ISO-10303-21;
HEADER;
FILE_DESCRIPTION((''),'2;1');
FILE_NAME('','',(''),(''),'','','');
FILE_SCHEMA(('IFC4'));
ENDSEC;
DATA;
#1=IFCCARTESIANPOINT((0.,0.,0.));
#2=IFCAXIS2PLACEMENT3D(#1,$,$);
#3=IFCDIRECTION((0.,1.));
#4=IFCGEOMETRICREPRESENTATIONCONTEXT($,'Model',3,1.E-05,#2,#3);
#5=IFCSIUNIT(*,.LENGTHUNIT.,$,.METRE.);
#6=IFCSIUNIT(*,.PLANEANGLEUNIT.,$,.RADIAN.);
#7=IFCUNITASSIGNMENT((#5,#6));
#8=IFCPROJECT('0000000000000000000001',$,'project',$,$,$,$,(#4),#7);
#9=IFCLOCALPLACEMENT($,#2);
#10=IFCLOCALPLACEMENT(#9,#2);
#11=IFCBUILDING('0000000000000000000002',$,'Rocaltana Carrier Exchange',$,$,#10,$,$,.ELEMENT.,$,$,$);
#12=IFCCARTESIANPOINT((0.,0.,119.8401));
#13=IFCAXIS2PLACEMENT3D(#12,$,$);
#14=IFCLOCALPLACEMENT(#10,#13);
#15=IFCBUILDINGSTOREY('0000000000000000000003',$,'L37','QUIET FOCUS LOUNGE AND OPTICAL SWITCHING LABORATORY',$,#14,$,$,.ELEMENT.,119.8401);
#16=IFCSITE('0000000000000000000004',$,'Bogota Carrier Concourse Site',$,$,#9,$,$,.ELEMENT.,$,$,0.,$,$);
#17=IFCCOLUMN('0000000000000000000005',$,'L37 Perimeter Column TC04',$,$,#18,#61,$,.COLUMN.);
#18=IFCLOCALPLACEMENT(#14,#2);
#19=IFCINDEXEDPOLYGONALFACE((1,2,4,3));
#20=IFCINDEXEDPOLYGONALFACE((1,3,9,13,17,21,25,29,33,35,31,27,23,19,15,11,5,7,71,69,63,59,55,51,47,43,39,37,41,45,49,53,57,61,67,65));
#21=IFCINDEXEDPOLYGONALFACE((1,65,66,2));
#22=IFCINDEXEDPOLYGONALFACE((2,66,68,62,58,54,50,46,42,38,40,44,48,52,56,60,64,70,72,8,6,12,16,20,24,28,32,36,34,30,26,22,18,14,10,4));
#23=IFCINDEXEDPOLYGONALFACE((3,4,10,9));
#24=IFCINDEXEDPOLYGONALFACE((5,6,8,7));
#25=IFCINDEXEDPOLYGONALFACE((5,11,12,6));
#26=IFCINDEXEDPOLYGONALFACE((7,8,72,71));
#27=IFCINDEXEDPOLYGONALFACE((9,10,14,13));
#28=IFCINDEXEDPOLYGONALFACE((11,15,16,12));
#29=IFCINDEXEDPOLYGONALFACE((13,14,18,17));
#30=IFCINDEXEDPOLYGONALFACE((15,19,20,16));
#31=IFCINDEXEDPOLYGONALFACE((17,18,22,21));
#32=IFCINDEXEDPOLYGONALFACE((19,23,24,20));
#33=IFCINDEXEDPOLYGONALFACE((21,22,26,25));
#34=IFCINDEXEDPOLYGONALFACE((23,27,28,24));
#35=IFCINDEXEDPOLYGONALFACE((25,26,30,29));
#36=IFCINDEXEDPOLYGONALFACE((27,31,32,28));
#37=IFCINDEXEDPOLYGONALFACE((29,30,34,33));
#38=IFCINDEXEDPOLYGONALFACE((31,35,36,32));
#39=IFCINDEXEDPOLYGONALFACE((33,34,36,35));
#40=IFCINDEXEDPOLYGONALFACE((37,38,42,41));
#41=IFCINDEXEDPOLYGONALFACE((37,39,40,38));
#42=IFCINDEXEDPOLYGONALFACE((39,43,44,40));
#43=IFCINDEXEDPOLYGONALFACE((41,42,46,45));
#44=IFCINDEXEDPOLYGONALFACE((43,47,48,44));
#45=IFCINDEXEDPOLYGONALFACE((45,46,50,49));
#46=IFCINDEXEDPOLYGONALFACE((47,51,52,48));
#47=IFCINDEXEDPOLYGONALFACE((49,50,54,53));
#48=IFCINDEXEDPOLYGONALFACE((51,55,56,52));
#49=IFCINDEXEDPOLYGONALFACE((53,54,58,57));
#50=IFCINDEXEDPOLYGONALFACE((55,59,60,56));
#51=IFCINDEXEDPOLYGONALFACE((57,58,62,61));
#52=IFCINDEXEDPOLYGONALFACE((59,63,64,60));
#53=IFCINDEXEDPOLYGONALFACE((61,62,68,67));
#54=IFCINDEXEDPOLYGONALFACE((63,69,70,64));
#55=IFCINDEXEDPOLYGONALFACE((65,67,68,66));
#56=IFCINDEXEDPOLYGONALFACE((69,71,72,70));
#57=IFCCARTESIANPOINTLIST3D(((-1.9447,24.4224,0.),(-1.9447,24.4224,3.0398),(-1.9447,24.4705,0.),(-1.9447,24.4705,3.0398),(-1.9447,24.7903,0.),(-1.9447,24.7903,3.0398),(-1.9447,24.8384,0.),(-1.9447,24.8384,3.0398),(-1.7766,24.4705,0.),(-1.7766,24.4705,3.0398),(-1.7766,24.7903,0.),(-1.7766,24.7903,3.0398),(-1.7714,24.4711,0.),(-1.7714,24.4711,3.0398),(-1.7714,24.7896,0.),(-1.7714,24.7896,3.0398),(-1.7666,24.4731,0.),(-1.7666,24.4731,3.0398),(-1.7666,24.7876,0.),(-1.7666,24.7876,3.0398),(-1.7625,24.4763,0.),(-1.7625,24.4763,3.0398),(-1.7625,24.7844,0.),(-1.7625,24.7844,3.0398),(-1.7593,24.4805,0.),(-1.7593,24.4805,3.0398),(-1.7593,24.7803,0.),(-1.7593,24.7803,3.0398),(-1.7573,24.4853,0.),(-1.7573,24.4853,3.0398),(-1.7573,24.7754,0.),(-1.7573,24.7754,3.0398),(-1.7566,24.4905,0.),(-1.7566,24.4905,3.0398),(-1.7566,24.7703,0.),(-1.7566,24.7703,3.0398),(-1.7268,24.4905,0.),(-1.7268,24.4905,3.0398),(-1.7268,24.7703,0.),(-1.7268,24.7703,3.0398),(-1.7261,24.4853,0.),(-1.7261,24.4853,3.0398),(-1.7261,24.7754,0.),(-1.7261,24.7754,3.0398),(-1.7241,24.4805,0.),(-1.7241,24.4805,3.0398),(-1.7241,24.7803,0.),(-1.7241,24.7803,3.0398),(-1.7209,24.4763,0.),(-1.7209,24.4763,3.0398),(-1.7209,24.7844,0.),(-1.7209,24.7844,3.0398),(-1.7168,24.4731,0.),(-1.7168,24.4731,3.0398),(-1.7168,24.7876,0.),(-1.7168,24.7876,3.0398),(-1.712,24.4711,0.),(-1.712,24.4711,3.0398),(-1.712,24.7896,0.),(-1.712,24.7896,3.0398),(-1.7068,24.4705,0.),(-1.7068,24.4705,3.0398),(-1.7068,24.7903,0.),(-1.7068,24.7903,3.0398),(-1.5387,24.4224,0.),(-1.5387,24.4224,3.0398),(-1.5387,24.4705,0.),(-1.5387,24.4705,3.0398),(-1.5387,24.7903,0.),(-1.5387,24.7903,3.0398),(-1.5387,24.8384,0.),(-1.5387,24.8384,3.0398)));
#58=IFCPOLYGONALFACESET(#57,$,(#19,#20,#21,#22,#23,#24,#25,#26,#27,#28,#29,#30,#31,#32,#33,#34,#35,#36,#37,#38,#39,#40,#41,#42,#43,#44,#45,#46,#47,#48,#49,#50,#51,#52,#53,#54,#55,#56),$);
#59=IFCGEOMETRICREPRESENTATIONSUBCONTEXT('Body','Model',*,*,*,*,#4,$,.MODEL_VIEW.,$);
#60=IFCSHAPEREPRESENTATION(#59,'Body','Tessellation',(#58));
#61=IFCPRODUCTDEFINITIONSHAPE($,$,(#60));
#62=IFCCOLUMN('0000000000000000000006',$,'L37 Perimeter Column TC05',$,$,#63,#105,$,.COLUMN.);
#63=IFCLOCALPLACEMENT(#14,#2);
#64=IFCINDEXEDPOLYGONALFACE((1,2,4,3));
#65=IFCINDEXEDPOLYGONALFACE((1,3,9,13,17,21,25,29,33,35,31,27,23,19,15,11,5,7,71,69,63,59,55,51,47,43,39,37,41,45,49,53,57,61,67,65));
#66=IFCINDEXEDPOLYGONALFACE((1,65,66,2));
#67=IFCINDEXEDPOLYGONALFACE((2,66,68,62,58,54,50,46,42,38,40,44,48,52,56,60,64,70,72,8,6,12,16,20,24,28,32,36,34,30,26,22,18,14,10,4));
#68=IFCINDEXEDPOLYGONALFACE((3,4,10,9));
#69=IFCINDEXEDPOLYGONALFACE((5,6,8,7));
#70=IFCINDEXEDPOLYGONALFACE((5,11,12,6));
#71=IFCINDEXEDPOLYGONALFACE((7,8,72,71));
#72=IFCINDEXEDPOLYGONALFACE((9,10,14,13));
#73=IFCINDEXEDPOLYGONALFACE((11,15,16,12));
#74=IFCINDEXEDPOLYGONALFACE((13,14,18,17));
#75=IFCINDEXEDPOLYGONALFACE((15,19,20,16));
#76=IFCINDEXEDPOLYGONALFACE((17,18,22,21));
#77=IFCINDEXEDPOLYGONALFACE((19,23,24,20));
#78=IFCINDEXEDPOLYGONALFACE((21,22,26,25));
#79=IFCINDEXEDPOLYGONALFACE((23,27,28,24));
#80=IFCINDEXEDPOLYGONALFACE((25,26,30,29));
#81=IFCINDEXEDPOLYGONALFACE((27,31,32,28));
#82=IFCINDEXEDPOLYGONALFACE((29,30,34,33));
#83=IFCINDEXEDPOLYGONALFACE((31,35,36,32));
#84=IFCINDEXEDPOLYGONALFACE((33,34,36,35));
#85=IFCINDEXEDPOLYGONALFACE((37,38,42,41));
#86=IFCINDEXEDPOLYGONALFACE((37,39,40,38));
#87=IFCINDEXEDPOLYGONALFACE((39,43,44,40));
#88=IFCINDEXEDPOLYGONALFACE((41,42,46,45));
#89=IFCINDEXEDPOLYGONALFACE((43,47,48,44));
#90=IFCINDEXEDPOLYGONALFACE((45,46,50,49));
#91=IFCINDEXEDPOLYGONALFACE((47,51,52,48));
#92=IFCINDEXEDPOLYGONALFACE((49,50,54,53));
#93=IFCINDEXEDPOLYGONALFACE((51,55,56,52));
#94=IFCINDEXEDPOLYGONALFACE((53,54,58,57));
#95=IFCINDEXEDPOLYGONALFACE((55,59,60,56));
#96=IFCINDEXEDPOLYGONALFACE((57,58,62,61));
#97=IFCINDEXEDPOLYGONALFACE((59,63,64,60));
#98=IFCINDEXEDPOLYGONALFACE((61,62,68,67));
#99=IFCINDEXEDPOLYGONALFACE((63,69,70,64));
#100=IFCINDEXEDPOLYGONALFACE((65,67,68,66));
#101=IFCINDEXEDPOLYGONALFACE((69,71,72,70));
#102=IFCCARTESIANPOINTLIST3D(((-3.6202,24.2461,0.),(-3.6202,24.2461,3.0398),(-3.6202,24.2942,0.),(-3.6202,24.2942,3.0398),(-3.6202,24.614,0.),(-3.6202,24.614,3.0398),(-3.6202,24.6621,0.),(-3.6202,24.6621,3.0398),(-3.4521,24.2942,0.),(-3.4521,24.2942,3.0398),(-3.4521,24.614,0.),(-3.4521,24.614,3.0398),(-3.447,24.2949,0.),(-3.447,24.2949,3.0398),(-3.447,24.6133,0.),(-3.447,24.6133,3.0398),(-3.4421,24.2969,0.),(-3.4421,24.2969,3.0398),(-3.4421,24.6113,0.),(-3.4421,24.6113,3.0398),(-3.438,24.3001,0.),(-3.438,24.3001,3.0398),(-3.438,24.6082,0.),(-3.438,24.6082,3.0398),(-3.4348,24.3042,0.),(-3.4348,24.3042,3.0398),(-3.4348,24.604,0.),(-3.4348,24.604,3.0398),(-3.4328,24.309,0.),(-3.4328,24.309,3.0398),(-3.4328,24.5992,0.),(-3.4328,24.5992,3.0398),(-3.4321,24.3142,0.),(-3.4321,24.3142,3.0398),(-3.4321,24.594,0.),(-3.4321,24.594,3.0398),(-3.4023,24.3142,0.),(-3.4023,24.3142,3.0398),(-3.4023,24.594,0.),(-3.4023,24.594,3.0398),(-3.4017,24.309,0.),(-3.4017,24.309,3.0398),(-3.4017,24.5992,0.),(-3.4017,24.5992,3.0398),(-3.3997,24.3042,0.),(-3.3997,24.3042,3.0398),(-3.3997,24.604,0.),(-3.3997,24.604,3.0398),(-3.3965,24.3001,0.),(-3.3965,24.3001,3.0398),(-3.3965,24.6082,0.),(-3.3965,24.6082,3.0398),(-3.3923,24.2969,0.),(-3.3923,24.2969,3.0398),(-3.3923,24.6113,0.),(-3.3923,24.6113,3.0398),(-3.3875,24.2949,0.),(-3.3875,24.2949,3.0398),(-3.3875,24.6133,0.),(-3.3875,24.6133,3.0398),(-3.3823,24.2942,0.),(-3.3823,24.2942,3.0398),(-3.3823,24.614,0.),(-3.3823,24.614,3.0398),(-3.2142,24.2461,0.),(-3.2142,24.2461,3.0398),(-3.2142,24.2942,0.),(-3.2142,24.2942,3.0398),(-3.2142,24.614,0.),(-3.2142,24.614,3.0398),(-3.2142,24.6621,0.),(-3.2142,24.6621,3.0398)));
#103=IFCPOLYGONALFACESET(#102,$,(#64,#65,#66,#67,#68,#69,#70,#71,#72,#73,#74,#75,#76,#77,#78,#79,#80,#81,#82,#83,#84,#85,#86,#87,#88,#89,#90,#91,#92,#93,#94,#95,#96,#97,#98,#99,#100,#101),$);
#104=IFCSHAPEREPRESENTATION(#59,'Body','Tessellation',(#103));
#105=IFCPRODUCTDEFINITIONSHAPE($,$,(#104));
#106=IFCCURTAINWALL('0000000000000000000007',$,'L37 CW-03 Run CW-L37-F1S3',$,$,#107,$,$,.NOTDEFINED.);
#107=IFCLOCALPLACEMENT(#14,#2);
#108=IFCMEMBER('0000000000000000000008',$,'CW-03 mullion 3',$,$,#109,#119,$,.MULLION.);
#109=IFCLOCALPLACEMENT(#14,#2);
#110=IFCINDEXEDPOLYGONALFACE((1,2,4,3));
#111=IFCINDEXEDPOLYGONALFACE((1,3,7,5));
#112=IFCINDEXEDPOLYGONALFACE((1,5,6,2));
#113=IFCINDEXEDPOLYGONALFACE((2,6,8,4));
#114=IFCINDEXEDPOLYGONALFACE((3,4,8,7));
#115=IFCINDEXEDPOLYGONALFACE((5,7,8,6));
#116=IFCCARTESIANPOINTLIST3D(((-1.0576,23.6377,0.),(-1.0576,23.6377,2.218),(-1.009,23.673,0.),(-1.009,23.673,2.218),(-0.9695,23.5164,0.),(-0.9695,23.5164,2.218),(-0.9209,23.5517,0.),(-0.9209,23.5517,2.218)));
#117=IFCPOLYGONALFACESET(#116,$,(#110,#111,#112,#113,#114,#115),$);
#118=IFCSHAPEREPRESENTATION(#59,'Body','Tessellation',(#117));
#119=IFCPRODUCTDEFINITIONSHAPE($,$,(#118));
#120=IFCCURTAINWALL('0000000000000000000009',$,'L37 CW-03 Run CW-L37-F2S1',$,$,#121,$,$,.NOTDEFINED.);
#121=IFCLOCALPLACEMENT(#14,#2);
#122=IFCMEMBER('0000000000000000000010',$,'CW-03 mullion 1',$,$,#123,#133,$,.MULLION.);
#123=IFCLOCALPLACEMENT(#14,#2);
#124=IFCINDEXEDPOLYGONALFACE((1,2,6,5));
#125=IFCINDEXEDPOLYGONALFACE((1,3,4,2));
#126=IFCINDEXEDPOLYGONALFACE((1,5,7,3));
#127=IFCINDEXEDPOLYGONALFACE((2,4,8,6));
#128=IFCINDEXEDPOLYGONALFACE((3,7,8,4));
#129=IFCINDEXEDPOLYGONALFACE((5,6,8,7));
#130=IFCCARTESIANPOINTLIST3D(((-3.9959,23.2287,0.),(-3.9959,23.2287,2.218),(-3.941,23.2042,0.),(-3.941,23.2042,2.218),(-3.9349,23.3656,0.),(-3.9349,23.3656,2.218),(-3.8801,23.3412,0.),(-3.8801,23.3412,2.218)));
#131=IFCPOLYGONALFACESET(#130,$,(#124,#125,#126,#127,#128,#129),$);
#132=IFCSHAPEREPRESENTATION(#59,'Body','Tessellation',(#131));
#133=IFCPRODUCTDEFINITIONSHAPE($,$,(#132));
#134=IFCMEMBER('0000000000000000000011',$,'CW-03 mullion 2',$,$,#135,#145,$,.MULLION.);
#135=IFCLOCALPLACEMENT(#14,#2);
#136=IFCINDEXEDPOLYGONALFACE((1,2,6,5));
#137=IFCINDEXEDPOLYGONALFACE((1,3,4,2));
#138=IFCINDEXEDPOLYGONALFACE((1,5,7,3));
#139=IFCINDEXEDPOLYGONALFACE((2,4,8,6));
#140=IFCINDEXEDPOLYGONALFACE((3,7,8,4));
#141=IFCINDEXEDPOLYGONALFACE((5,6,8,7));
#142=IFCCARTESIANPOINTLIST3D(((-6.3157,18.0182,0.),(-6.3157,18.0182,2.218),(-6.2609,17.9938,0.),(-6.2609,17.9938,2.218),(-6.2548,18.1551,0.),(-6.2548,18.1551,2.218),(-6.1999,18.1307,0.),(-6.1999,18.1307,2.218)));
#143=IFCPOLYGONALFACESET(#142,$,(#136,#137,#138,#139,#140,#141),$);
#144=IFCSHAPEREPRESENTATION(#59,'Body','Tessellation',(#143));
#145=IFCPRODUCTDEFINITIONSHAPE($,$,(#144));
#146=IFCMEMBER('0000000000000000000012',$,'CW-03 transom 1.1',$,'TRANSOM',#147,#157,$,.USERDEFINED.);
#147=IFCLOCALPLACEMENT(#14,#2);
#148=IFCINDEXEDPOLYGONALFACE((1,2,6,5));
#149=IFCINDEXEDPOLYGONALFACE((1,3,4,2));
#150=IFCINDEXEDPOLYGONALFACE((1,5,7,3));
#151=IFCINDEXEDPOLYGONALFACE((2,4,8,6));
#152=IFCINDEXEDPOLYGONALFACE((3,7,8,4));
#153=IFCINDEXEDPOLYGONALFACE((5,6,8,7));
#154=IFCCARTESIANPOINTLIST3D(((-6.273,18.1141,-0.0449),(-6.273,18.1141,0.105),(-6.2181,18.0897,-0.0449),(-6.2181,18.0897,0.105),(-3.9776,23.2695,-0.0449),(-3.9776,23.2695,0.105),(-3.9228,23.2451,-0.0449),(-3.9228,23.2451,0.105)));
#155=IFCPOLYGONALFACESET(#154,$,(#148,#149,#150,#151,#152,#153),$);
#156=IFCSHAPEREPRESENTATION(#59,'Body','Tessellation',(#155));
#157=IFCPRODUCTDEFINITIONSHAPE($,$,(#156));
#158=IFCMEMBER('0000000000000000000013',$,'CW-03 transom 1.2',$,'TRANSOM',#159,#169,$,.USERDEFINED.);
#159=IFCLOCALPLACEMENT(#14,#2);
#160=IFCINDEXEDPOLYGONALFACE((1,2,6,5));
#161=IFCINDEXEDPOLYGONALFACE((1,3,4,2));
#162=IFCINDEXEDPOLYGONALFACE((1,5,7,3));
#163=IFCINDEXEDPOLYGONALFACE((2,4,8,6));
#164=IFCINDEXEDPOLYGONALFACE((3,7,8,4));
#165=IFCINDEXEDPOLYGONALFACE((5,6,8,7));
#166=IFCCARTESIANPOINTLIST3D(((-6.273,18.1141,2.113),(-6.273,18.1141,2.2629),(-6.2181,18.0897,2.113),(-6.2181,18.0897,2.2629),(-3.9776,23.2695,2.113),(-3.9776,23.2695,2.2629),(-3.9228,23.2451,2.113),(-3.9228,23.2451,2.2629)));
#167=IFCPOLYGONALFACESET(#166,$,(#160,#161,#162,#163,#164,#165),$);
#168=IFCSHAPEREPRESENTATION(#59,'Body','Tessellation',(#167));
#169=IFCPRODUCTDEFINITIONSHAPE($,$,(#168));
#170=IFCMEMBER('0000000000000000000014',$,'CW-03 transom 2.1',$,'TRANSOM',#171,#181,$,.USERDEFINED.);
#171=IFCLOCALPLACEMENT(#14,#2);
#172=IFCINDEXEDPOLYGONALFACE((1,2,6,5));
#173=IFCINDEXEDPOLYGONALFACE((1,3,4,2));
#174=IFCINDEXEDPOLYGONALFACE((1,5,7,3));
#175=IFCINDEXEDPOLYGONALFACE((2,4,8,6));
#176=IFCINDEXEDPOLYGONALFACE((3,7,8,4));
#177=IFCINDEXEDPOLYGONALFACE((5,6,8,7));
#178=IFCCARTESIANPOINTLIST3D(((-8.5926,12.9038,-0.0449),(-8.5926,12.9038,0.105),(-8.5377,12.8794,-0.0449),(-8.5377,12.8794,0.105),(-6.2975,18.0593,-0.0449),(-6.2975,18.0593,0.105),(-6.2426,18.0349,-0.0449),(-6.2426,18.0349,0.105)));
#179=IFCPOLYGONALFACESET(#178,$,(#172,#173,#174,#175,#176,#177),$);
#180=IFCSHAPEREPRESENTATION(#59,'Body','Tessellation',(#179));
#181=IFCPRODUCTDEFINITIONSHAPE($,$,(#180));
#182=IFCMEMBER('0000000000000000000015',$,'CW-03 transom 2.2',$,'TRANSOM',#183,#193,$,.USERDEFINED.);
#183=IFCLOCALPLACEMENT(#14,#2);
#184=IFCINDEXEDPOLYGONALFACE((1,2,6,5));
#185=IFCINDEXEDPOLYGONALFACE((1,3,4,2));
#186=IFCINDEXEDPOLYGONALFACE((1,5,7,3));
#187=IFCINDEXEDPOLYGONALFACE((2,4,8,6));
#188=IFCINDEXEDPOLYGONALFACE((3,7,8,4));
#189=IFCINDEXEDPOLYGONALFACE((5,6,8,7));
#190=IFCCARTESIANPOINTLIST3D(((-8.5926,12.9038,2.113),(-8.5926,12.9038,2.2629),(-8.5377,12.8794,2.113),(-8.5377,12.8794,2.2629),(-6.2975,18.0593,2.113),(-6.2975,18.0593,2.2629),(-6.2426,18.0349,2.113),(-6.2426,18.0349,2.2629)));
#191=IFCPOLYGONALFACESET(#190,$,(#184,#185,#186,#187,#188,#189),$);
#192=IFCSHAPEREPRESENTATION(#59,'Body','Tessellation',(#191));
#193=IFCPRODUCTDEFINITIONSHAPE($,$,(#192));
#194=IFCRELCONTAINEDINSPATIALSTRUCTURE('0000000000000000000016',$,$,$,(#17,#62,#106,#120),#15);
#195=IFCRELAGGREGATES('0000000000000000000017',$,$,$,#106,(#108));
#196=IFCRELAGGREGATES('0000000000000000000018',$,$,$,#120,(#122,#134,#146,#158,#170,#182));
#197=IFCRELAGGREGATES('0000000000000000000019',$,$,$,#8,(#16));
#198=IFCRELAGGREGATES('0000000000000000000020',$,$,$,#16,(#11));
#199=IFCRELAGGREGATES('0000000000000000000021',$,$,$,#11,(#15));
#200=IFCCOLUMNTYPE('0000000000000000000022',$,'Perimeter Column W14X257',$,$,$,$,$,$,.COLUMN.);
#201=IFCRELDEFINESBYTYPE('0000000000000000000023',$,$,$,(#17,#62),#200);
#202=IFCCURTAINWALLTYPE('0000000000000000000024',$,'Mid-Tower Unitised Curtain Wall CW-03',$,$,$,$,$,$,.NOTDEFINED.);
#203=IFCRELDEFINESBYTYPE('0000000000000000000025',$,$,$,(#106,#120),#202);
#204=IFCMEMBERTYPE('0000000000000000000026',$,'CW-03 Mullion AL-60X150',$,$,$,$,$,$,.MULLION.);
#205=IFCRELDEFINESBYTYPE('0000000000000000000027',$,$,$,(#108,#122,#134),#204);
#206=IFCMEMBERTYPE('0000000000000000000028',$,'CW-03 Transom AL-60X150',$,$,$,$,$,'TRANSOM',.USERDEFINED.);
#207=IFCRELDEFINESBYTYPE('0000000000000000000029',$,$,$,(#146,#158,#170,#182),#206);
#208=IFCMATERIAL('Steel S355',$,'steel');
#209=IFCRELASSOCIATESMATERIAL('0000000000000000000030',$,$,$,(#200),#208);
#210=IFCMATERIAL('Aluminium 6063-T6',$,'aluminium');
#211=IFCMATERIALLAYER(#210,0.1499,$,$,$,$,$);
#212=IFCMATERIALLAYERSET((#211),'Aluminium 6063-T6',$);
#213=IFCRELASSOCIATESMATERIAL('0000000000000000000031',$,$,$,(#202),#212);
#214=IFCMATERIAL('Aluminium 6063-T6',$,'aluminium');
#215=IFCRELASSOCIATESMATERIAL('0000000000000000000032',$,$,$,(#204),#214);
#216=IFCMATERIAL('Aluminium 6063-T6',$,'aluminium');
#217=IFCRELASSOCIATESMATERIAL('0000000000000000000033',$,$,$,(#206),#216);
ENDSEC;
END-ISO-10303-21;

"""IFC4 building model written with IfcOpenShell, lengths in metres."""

from ifc_helpers import new_model, si_unit, direction, frame, origin, origin_2d, place, context, subcontext, project, spatial, rectangle, i_section, extrude, material, layer, layer_set, material_profile, profile_set, type_object, element, aggregate, save


model = new_model("IFC4")

# Units and contexts
model_context = context("Model", 3, precision=1e-05, world=origin(), true_north=direction((0.0, 1.0)))
body_context = subcontext(model_context, "Body", "Model", "MODEL_VIEW")
ifc_project = project(units=[si_unit("LENGTHUNIT", "METRE"), si_unit("PLANEANGLEUNIT", "RADIAN")], contexts=[model_context])

# Site, building, storey
site_placement = place(None, origin())
site = spatial("IfcSite", under=ifc_project, at=site_placement, Name="Bogota Carrier Concourse Site", CompositionType="ELEMENT", RefElevation=0.0)
building_placement = place(site_placement, origin())
building = spatial("IfcBuilding", under=site, at=building_placement, Name="Rocaltana Carrier Exchange", CompositionType="ELEMENT")
storey_placement = place(building_placement, frame((0.0, 0.0, 119.8401)))
storey = spatial("IfcBuildingStorey", under=building, at=storey_placement, Name="L37", Description="QUIET FOCUS LOUNGE AND OPTICAL SWITCHING LABORATORY", CompositionType="ELEMENT", Elevation=119.8401)

# Columns
ifc_material_1 = material(Name="Steel S355", Category="steel")
ifc_material_profile_1 = material_profile(ifc_material_1, i_section(OverallWidth=0.406, OverallDepth=0.416, WebThickness=0.0298, FlangeThickness=0.0481, FilletRadius=0.02, at=origin_2d()), Name="W14X257")
ifc_profile_set_1 = profile_set([ifc_material_profile_1], Name="Steel S355")
column_type = type_object("IfcColumnType", Name="Perimeter Column W14X257", PredefinedType="COLUMN", material=ifc_profile_set_1)
for number, where, z_axis, x_axis, name in (
    (1, (-1.7417, 24.6304, 0.0), (0.0, 0.0, 1.0), (1.0, 0.0, 0.0), "L37 Perimeter Column TC04"),
    (2, (-3.4172, 24.4541, 0.0), (0.0, 0.0, 1.0), (1.0, 0.0, 0.0), "L37 Perimeter Column TC05"),
):
    element("IfcColumn", number, at=place(storey_placement, frame(where, z_axis=z_axis, x_axis=x_axis)), inside=storey, type_object=column_type, Name=name, PredefinedType="COLUMN", context=body_context, shape_type="SweptSolid", body=[
        extrude(i_section(OverallWidth=0.406, OverallDepth=0.416, WebThickness=0.0298, FlangeThickness=0.0481, FilletRadius=0.02, at=origin_2d()), origin(), (0.0, 0.0, 1.0), 3.0398),
    ])

# Curtain wall, member
ifc_material_2 = material(Name="Aluminium 6063-T6", Category="aluminium")
ifc_layer_1 = layer(ifc_material_2, 0.1499)
ifc_layer_set_1 = layer_set([ifc_layer_1], Name="Aluminium 6063-T6")
curtain_wall_type = type_object("IfcCurtainWallType", Name="Mid-Tower Unitised Curtain Wall CW-03", PredefinedType="NOTDEFINED", material=ifc_layer_set_1)
curtain_wall_1_placement = place(storey_placement, origin())
curtain_wall_1 = element("IfcCurtainWall", 3, at=curtain_wall_1_placement, inside=storey, type_object=curtain_wall_type, Name="L37 CW-03 Run CW-L37-F1S3", PredefinedType="NOTDEFINED")
ifc_material_3 = material(Name="Aluminium 6063-T6", Category="aluminium")
ifc_material_profile_2 = material_profile(ifc_material_3, rectangle(XDim=0.0601, YDim=0.1499, at=origin_2d()), Name="AL-60X150")
ifc_profile_set_2 = profile_set([ifc_material_profile_2], Name="Aluminium 6063-T6")
member_type_1 = type_object("IfcMemberType", Name="CW-03 Mullion AL-60X150", PredefinedType="MULLION", material=ifc_profile_set_2)
member_1_placement = place(storey_placement, frame((-0.9893, 23.5947, 0.0), z_axis=(0.0, 0.0, 1.0), x_axis=(-0.809014, -0.58779, 0.0)))
member_1 = element("IfcMember", 4, at=member_1_placement, type_object=member_type_1, Name="CW-03 mullion 3", PredefinedType="MULLION", context=body_context, shape_type="SweptSolid", body=[
    extrude(rectangle(XDim=0.0601, YDim=0.1499, at=origin_2d()), origin(), (0.0, 0.0, 1.0), 2.218),
])
aggregate(curtain_wall_1, [member_1])

# Curtain wall, members
curtain_wall_2_placement = place(storey_placement, origin())
curtain_wall_2 = element("IfcCurtainWall", 5, at=curtain_wall_2_placement, inside=storey, type_object=curtain_wall_type, Name="L37 CW-03 Run CW-L37-F2S1", PredefinedType="NOTDEFINED")
member_2_placement = place(storey_placement, frame((-3.938, 23.2849, 0.0), z_axis=(0.0, 0.0, 1.0), x_axis=(0.913544, -0.40674, 0.0)))
member_2 = element("IfcMember", 6, at=member_2_placement, type_object=member_type_1, Name="CW-03 mullion 1", PredefinedType="MULLION", context=body_context, shape_type="SweptSolid", body=[
    extrude(rectangle(XDim=0.0601, YDim=0.1499, at=origin_2d()), origin(), (0.0, 0.0, 1.0), 2.218),
])
member_3_placement = place(storey_placement, frame((-6.2578, 18.0745, 0.0), z_axis=(0.0, 0.0, 1.0), x_axis=(0.913544, -0.40674, 0.0)))
member_3 = element("IfcMember", 7, at=member_3_placement, type_object=member_type_1, Name="CW-03 mullion 2", PredefinedType="MULLION", context=body_context, shape_type="SweptSolid", body=[
    extrude(rectangle(XDim=0.0601, YDim=0.1499, at=origin_2d()), origin(), (0.0, 0.0, 1.0), 2.218),
])
ifc_material_4 = material(Name="Aluminium 6063-T6", Category="aluminium")
ifc_material_profile_3 = material_profile(ifc_material_4, rectangle(XDim=0.0601, YDim=0.1499, at=origin_2d()), Name="AL-60X150")
ifc_profile_set_3 = profile_set([ifc_material_profile_3], Name="Aluminium 6063-T6")
member_type_2 = type_object("IfcMemberType", Name="CW-03 Transom AL-60X150", ElementType="TRANSOM", PredefinedType="USERDEFINED", material=ifc_profile_set_3)
member_4_placement = place(storey_placement, frame((-3.9502, 23.2573, 0.03), z_axis=(-0.40674, -0.913544, 0.0), x_axis=(0.913544, -0.40674, 0.0)))
member_4 = element("IfcMember", 8, at=member_4_placement, type_object=member_type_2, Name="CW-03 transom 1.1", ObjectType="TRANSOM", PredefinedType="USERDEFINED", context=body_context, shape_type="SweptSolid", body=[
    extrude(rectangle(XDim=0.0601, YDim=0.1499, at=origin_2d()), origin(), (0.0, 0.0, 1.0), 5.6433),
])
member_5_placement = place(storey_placement, frame((-3.9502, 23.2573, 2.188), z_axis=(-0.40674, -0.913544, 0.0), x_axis=(0.913544, -0.40674, 0.0)))
member_5 = element("IfcMember", 9, at=member_5_placement, type_object=member_type_2, Name="CW-03 transom 1.2", ObjectType="TRANSOM", PredefinedType="USERDEFINED", context=body_context, shape_type="SweptSolid", body=[
    extrude(rectangle(XDim=0.0601, YDim=0.1499, at=origin_2d()), origin(), (0.0, 0.0, 1.0), 5.6433),
])
member_6_placement = place(storey_placement, frame((-6.27, 18.0471, 0.03), z_axis=(-0.406704, -0.91356, 0.0), x_axis=(0.91356, -0.406704, 0.0)))
member_6 = element("IfcMember", 10, at=member_6_placement, type_object=member_type_2, Name="CW-03 transom 2.1", ObjectType="TRANSOM", PredefinedType="USERDEFINED", context=body_context, shape_type="SweptSolid", body=[
    extrude(rectangle(XDim=0.0601, YDim=0.1499, at=origin_2d()), origin(), (0.0, 0.0, 1.0), 5.6433),
])
member_7_placement = place(storey_placement, frame((-6.27, 18.0471, 2.188), z_axis=(-0.406704, -0.91356, 0.0), x_axis=(0.91356, -0.406704, 0.0)))
member_7 = element("IfcMember", 11, at=member_7_placement, type_object=member_type_2, Name="CW-03 transom 2.2", ObjectType="TRANSOM", PredefinedType="USERDEFINED", context=body_context, shape_type="SweptSolid", body=[
    extrude(rectangle(XDim=0.0601, YDim=0.1499, at=origin_2d()), origin(), (0.0, 0.0, 1.0), 5.6433),
])

aggregate(curtain_wall_2, [member_2, member_3, member_4, member_5, member_6, member_7])

save(model, "model.ifc")
